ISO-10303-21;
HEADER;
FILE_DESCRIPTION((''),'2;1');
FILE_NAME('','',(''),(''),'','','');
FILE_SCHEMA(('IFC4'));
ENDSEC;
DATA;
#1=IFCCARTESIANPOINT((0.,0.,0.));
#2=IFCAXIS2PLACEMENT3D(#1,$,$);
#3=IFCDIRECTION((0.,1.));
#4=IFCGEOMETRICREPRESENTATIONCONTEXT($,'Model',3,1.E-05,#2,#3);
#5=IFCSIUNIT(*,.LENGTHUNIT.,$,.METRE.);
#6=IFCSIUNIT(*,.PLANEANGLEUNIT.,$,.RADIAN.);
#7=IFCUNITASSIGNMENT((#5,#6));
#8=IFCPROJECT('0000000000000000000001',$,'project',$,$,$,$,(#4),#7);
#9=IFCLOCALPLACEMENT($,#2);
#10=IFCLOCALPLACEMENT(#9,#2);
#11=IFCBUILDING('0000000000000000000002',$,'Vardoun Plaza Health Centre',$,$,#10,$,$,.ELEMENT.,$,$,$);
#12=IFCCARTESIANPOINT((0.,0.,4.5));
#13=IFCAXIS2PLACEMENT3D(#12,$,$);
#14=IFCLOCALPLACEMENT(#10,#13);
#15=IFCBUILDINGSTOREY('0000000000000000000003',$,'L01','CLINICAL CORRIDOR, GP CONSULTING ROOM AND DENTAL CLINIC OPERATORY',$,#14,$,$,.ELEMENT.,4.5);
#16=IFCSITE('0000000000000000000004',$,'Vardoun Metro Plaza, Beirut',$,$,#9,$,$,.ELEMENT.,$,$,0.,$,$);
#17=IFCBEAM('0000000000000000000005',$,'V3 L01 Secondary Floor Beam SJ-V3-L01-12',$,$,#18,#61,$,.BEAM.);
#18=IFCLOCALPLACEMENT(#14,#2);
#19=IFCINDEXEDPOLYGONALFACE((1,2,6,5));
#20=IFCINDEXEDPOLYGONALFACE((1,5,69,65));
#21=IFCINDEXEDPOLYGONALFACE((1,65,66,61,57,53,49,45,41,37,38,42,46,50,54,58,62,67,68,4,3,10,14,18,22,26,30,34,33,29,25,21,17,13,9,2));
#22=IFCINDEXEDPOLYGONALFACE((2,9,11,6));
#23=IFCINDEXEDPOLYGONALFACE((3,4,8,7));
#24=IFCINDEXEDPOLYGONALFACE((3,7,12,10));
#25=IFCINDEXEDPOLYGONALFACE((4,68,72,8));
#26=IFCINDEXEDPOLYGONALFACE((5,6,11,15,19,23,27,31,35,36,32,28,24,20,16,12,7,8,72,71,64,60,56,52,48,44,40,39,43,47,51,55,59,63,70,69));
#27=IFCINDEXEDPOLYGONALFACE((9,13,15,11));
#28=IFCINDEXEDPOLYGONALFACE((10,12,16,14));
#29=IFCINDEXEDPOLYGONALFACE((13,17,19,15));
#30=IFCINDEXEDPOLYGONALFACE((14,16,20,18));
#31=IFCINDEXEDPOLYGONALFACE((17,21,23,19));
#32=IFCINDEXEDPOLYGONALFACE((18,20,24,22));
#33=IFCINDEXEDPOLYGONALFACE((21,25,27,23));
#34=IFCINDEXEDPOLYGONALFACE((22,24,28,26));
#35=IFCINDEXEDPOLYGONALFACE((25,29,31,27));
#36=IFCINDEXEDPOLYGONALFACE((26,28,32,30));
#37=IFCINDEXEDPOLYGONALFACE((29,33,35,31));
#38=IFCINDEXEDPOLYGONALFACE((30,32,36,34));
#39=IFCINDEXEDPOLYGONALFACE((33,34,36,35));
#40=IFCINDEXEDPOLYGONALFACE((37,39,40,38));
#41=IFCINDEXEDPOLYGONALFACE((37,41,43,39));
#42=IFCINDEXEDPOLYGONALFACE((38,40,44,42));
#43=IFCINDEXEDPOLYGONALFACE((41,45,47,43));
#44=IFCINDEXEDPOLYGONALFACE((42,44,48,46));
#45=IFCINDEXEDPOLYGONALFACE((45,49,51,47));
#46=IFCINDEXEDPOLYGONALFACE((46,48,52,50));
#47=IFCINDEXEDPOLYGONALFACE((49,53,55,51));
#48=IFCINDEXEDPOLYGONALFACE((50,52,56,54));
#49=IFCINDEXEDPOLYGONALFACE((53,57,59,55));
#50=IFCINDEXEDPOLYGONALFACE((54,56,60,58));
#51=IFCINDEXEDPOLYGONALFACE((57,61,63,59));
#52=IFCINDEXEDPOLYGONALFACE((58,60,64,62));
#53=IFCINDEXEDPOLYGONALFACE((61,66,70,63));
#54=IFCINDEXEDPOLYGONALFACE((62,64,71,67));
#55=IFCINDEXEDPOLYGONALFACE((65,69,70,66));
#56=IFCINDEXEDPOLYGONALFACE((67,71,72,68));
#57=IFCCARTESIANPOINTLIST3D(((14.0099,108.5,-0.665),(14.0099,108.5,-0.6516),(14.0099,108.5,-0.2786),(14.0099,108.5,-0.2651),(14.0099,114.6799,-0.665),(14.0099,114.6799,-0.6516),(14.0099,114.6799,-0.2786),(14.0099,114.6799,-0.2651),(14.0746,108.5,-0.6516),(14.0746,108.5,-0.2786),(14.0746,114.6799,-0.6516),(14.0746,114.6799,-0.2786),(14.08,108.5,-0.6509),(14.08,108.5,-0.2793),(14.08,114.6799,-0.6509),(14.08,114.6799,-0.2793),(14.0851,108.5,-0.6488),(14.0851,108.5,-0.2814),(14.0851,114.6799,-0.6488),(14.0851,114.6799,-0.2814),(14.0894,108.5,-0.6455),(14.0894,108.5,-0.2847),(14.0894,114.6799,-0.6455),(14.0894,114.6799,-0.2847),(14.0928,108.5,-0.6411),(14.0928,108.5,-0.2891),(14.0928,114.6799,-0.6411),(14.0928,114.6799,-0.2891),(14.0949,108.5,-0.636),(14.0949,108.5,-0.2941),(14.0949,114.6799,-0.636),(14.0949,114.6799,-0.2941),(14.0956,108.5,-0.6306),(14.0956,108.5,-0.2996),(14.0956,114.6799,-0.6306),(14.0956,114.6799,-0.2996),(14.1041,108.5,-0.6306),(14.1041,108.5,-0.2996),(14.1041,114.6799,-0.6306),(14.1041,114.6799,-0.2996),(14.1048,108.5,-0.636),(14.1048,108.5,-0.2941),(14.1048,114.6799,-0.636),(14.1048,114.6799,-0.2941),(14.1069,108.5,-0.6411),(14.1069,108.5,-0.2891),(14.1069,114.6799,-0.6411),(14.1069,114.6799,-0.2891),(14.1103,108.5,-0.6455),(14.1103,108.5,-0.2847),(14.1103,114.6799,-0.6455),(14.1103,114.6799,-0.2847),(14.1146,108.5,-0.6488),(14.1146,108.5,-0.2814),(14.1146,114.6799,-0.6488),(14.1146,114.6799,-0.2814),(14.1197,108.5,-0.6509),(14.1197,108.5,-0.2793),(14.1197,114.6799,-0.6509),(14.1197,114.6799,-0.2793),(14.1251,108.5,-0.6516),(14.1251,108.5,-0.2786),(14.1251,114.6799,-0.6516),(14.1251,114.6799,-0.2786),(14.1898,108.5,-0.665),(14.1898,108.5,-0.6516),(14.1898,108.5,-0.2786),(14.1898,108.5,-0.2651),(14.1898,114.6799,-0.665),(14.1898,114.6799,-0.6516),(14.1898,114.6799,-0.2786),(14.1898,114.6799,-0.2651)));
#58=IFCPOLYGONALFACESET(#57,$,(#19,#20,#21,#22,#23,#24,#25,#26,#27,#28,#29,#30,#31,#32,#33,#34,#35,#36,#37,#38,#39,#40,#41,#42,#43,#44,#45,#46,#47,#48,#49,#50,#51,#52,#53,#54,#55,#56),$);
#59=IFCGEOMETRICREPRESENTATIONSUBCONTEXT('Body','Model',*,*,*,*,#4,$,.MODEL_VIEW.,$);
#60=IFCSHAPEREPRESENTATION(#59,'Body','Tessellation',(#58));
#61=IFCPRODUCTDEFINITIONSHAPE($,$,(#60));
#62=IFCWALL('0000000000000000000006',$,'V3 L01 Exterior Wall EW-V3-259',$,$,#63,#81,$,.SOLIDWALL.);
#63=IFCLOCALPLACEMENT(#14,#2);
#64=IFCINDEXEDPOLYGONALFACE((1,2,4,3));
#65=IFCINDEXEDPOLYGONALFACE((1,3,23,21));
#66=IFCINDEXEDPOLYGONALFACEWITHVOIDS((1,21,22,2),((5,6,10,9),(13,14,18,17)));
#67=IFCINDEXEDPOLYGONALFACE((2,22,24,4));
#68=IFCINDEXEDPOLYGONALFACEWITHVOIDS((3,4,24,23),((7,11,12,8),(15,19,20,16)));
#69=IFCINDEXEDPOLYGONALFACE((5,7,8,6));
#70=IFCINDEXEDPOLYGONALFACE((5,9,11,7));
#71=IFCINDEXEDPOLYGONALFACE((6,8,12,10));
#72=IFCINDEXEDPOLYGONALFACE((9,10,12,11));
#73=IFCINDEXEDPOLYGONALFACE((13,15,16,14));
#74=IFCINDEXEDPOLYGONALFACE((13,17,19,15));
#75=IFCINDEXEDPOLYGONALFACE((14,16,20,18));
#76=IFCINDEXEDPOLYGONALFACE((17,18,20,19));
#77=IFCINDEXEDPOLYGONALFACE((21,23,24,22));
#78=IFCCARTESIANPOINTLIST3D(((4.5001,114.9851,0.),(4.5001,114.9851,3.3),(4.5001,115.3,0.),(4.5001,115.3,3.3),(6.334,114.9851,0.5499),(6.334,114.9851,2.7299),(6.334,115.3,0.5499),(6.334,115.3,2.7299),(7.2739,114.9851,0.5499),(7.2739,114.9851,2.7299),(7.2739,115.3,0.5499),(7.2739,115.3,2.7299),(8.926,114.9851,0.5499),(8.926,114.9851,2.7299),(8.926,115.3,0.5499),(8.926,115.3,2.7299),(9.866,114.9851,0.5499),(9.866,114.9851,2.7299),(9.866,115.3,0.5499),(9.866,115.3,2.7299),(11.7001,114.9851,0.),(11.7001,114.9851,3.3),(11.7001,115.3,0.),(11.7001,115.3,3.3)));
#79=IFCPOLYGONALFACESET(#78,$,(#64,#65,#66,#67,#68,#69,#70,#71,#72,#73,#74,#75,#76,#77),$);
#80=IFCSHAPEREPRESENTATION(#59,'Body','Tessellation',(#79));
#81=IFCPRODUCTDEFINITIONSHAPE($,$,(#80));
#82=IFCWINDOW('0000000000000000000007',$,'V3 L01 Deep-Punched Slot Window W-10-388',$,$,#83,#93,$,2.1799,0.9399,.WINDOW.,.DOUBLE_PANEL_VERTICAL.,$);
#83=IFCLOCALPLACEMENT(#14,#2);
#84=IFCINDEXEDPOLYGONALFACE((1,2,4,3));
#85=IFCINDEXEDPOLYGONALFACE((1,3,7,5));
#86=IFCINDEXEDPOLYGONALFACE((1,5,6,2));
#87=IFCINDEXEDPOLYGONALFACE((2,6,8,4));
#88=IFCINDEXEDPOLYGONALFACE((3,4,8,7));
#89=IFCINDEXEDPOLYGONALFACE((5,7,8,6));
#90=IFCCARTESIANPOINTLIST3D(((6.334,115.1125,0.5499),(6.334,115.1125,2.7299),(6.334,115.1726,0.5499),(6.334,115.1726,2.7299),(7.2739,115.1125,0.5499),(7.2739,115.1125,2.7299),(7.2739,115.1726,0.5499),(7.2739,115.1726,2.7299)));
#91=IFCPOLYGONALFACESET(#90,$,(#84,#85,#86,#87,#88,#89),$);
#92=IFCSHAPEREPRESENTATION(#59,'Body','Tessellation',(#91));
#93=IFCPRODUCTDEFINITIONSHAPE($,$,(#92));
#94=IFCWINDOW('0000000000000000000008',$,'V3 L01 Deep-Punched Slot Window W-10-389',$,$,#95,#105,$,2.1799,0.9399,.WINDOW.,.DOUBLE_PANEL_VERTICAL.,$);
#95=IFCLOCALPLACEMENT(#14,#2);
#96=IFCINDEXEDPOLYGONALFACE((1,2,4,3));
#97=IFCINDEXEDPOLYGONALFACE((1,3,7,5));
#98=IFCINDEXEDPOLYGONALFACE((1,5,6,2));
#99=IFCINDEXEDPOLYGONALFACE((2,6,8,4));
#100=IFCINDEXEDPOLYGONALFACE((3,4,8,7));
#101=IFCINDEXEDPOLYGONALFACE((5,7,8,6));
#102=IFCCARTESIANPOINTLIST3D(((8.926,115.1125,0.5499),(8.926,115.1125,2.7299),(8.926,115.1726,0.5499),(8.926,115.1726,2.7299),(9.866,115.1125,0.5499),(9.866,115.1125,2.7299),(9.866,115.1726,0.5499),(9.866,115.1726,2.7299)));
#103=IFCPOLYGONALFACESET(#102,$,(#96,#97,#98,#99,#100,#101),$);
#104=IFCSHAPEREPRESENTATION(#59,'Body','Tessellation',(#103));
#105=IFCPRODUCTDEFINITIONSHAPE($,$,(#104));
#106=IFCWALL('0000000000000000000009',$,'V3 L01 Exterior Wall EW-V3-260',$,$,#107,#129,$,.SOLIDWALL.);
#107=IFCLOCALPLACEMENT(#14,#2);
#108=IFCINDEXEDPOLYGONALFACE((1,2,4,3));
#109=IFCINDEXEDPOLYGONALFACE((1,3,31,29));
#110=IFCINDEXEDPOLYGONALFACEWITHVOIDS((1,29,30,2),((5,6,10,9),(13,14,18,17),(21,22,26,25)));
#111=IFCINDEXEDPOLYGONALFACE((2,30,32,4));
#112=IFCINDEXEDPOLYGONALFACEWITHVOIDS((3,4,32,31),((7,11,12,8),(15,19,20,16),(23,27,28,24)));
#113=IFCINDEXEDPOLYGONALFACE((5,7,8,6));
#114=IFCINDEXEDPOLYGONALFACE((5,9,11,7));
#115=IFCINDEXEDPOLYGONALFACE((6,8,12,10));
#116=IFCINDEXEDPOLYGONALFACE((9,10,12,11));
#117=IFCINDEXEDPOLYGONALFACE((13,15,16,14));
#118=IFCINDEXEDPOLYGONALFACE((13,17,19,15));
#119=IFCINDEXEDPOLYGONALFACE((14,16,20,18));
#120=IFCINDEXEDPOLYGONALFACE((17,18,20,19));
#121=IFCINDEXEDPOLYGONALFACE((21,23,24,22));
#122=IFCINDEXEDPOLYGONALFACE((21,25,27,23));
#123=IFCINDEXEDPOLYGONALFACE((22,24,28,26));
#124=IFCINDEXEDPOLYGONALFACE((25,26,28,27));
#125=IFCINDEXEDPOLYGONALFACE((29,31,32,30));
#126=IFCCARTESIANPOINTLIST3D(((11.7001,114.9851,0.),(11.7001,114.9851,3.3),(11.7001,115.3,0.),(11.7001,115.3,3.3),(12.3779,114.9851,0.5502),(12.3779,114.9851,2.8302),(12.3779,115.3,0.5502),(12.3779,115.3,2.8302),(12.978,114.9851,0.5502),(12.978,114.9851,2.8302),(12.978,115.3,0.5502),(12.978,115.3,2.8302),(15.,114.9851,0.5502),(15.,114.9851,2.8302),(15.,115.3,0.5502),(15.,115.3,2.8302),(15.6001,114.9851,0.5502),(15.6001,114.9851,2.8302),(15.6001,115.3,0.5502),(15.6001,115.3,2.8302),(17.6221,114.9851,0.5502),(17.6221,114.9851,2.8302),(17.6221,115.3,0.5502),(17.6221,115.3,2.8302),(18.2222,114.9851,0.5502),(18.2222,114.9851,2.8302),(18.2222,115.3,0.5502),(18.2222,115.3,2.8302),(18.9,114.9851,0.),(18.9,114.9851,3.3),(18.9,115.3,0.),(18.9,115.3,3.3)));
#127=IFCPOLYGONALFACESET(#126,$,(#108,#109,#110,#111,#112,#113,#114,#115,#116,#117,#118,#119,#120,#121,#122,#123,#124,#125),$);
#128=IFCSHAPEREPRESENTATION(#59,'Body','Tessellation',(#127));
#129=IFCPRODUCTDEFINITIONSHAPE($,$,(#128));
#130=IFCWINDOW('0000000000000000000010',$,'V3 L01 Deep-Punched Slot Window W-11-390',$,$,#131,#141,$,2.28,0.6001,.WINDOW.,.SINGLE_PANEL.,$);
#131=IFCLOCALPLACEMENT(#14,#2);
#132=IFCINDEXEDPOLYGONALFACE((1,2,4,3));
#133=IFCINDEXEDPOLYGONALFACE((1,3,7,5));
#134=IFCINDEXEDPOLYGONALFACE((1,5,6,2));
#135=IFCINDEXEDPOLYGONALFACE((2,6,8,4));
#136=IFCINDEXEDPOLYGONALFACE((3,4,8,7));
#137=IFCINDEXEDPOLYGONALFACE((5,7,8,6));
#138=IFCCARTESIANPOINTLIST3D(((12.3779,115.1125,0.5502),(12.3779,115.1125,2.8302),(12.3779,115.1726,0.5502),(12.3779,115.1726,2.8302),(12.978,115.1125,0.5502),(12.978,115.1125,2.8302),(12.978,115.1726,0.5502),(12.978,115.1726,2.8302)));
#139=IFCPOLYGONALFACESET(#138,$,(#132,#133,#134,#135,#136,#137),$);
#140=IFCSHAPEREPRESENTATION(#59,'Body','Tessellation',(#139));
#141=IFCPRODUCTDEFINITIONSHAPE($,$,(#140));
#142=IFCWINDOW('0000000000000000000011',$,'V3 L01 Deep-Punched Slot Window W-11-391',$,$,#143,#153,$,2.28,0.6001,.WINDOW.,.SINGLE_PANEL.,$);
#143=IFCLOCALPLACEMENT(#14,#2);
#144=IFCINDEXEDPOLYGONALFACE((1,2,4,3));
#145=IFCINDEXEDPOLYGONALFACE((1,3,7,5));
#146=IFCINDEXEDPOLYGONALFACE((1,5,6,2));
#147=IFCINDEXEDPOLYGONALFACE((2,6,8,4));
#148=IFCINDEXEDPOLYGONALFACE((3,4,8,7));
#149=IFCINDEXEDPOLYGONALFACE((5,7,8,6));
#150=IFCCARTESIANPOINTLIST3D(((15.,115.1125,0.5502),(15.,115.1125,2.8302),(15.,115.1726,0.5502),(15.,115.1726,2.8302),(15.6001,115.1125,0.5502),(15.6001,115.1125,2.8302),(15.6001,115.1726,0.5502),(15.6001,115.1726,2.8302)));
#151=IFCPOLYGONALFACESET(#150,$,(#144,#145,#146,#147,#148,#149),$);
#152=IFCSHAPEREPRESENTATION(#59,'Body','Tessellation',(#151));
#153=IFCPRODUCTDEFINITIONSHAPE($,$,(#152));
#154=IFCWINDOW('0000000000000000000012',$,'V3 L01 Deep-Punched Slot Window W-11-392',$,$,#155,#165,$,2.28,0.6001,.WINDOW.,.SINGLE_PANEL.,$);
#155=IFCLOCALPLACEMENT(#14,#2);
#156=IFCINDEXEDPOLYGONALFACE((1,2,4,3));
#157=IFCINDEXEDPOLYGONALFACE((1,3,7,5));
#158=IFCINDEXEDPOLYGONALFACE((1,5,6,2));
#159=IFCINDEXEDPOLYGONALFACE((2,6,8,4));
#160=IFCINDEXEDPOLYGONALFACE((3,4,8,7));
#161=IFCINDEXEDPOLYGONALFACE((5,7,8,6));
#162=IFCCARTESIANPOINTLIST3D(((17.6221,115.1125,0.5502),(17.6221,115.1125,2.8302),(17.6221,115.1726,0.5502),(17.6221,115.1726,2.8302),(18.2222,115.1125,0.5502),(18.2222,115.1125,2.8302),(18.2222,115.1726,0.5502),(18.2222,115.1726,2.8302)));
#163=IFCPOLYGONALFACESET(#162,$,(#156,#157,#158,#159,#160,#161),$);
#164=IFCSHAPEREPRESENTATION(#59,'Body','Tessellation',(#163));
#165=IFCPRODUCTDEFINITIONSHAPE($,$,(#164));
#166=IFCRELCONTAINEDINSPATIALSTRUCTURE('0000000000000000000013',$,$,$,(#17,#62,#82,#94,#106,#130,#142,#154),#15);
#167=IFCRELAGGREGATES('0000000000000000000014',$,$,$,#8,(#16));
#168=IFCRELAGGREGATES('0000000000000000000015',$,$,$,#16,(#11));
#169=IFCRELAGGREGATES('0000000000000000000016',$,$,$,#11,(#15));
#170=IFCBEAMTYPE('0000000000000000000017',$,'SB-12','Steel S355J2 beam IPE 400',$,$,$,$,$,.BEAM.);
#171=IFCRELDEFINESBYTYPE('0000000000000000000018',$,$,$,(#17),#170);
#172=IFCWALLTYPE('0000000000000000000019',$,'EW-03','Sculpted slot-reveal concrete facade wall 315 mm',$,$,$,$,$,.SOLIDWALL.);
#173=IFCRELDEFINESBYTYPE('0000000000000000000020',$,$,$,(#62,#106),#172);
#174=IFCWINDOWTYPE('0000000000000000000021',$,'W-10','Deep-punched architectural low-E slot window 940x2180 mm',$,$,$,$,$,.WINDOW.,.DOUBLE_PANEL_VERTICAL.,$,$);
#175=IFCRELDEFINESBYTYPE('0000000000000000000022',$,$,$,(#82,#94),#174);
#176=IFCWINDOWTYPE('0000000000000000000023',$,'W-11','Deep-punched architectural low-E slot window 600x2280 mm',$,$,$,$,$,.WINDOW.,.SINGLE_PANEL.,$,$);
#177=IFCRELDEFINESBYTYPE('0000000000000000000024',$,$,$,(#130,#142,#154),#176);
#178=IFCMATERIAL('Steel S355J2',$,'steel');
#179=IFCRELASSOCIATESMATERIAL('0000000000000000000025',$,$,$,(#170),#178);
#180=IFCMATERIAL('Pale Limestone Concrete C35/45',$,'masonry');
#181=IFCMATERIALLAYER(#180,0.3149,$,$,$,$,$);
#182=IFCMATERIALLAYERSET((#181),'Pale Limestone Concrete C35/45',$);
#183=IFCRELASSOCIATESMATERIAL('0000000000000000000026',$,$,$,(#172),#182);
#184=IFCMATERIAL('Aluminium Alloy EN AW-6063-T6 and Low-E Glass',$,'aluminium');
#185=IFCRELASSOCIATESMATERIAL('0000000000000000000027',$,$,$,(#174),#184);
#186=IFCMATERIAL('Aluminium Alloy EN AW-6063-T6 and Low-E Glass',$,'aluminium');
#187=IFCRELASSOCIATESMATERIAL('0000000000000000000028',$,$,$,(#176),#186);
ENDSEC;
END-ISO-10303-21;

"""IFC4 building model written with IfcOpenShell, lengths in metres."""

from ifc_helpers import new_model, si_unit, direction, frame, frame_2d, origin, origin_2d, place, context, subcontext, project, spatial, rectangle, i_section, extrude, material, layer, layer_set, material_profile, profile_set, type_object, element, fill, save


model = new_model("IFC4")

# Units and contexts
model_context = context("Model", 3, precision=1e-05, world=origin(), true_north=direction((0.0, 1.0)))
body_context = subcontext(model_context, "Body", "Model", "MODEL_VIEW")
ifc_project = project(units=[si_unit("LENGTHUNIT", "METRE"), si_unit("PLANEANGLEUNIT", "RADIAN")], contexts=[model_context])

# Site, building, storey
site_placement = place(None, origin())
site = spatial("IfcSite", under=ifc_project, at=site_placement, Name="Vardoun Metro Plaza, Beirut", CompositionType="ELEMENT", RefElevation=0.0)
building_placement = place(site_placement, origin())
building = spatial("IfcBuilding", under=site, at=building_placement, Name="Vardoun Plaza Health Centre", CompositionType="ELEMENT")
storey_placement = place(building_placement, frame((0.0, 0.0, 4.5)))
storey = spatial("IfcBuildingStorey", under=building, at=storey_placement, Name="L01", Description="CLINICAL CORRIDOR, GP CONSULTING ROOM AND DENTAL CLINIC OPERATORY", CompositionType="ELEMENT", Elevation=4.5)

# Beam
ifc_material_1 = material(Name="Steel S355J2", Category="steel")
ifc_material_profile_1 = material_profile(ifc_material_1, i_section(OverallWidth=0.1799, OverallDepth=0.3999, WebThickness=0.0085, FlangeThickness=0.0134, FilletRadius=0.021, at=origin_2d()), Name="IPE 400")
ifc_profile_set_1 = profile_set([ifc_material_profile_1], Name="Steel S355J2")
beam_type_1 = type_object("IfcBeamType", Name="SB-12", Description="Steel S355J2 beam IPE 400", PredefinedType="BEAM", material=ifc_profile_set_1)
beam_1_placement = place(storey_placement, frame((14.0999, 108.5, -0.4651), z_axis=(0.0, 1.0, 0.0), x_axis=(-1.0, 0.0, 0.0)))
element("IfcBeam", 1, at=beam_1_placement, inside=storey, type_object=beam_type_1, Name="V3 L01 Secondary Floor Beam SJ-V3-L01-12", PredefinedType="BEAM", context=body_context, shape_type="SweptSolid", body=[
    extrude(i_section(OverallWidth=0.1799, OverallDepth=0.3999, WebThickness=0.0085, FlangeThickness=0.0134, FilletRadius=0.021, at=origin_2d()), origin(), (0.0, 0.0, 1.0), 6.1799),
])

# Walls, openings, windows
ifc_material_2 = material(Name="Pale Limestone Concrete C35/45", Category="masonry")
ifc_layer_1 = layer(ifc_material_2, 0.3149)
ifc_layer_set_1 = layer_set([ifc_layer_1], Name="Pale Limestone Concrete C35/45")
wall_type_1 = type_object("IfcWallType", Name="EW-03", Description="Sculpted slot-reveal concrete facade wall 315 mm", PredefinedType="SOLIDWALL", material=ifc_layer_set_1)
wall_1_placement = place(storey_placement, frame((4.5, 115.1426, 0.0), z_axis=(0.0, 0.0, 1.0), x_axis=(1.0, 0.0, 0.0)))
wall_1 = element("IfcWall", 2, at=wall_1_placement, inside=storey, type_object=wall_type_1, Name="V3 L01 Exterior Wall EW-V3-259", PredefinedType="SOLIDWALL", context=body_context, shape_type="SweptSolid", body=[
    extrude(rectangle(XDim=7.2, YDim=0.3149, at=frame_2d((3.6001, 0.0))), origin(), (0.0, 0.0, 1.0), 3.3),
])
opening_1_placement = place(wall_1_placement, frame((1.834, 0.0, 0.55)))
opening_1 = element("IfcOpeningElement", 3, at=opening_1_placement, cuts=wall_1, PredefinedType="OPENING", context=body_context, shape_type="SweptSolid", body=[
    extrude(rectangle(XDim=0.9399, YDim=2.1799, at=frame_2d((0.47, 1.0898))), frame((0.0, 0.1575, 0.0), z_axis=(0.0, -1.0, 0.0), x_axis=(1.0, 0.0, 0.0)), (0.0, 0.0, 1.0), 0.3149),
])
opening_2_placement = place(wall_1_placement, frame((4.426, 0.0, 0.55)))
opening_2 = element("IfcOpeningElement", 4, at=opening_2_placement, cuts=wall_1, PredefinedType="OPENING", context=body_context, shape_type="SweptSolid", body=[
    extrude(rectangle(XDim=0.9399, YDim=2.1799, at=frame_2d((0.47, 1.0898))), frame((0.0, 0.1575, 0.0), z_axis=(0.0, -1.0, 0.0), x_axis=(1.0, 0.0, 0.0)), (0.0, 0.0, 1.0), 0.3149),
])
ifc_material_3 = material(Name="Aluminium Alloy EN AW-6063-T6 and Low-E Glass", Category="aluminium")
window_type_1 = type_object("IfcWindowType", Name="W-10", Description="Deep-punched architectural low-E slot window 940x2180 mm", PartitioningType="DOUBLE_PANEL_VERTICAL", PredefinedType="WINDOW", material=ifc_material_3)
window_1_placement = place(opening_1_placement, origin())
window_1 = element("IfcWindow", 5, at=window_1_placement, inside=storey, type_object=window_type_1, Name="V3 L01 Deep-Punched Slot Window W-10-388", OverallHeight=2.1799, OverallWidth=0.9399, PartitioningType="DOUBLE_PANEL_VERTICAL", PredefinedType="WINDOW", context=body_context, shape_type="SweptSolid", body=[
    extrude(rectangle(XDim=0.9399, YDim=2.1799, at=frame_2d((0.47, 1.0898))), frame((0.0, 0.03, 0.0), z_axis=(0.0, -1.0, 0.0), x_axis=(1.0, 0.0, 0.0)), (0.0, 0.0, 1.0), 0.0601),
])
fill(opening_1, window_1)
window_2_placement = place(opening_2_placement, origin())
window_2 = element("IfcWindow", 6, at=window_2_placement, inside=storey, type_object=window_type_1, Name="V3 L01 Deep-Punched Slot Window W-10-389", OverallHeight=2.1799, OverallWidth=0.9399, PartitioningType="DOUBLE_PANEL_VERTICAL", PredefinedType="WINDOW", context=body_context, shape_type="SweptSolid", body=[
    extrude(rectangle(XDim=0.9399, YDim=2.1799, at=frame_2d((0.47, 1.0898))), frame((0.0, 0.03, 0.0), z_axis=(0.0, -1.0, 0.0), x_axis=(1.0, 0.0, 0.0)), (0.0, 0.0, 1.0), 0.0601),
])
fill(opening_2, window_2)
wall_2_placement = place(storey_placement, frame((11.7, 115.1426, 0.0), z_axis=(0.0, 0.0, 1.0), x_axis=(1.0, 0.0, 0.0)))
wall_2 = element("IfcWall", 7, at=wall_2_placement, inside=storey, type_object=wall_type_1, Name="V3 L01 Exterior Wall EW-V3-260", PredefinedType="SOLIDWALL", context=body_context, shape_type="SweptSolid", body=[
    extrude(rectangle(XDim=7.2, YDim=0.3149, at=frame_2d((3.6001, 0.0))), origin(), (0.0, 0.0, 1.0), 3.3),
])
opening_3_placement = place(wall_2_placement, frame((0.678, 0.0, 0.55)))
opening_3 = element("IfcOpeningElement", 8, at=opening_3_placement, cuts=wall_2, PredefinedType="OPENING", context=body_context, shape_type="SweptSolid", body=[
    extrude(rectangle(XDim=0.6001, YDim=2.28, at=frame_2d((0.3, 1.1401))), frame((0.0, 0.1575, 0.0), z_axis=(0.0, -1.0, 0.0), x_axis=(1.0, 0.0, 0.0)), (0.0, 0.0, 1.0), 0.3149),
])
opening_4_placement = place(wall_2_placement, frame((3.3, 0.0, 0.55)))
opening_4 = element("IfcOpeningElement", 9, at=opening_4_placement, cuts=wall_2, PredefinedType="OPENING", context=body_context, shape_type="SweptSolid", body=[
    extrude(rectangle(XDim=0.6001, YDim=2.28, at=frame_2d((0.3, 1.1401))), frame((0.0, 0.1575, 0.0), z_axis=(0.0, -1.0, 0.0), x_axis=(1.0, 0.0, 0.0)), (0.0, 0.0, 1.0), 0.3149),
])
opening_5_placement = place(wall_2_placement, frame((5.9221, 0.0, 0.55)))
opening_5 = element("IfcOpeningElement", 10, at=opening_5_placement, cuts=wall_2, PredefinedType="OPENING", context=body_context, shape_type="SweptSolid", body=[
    extrude(rectangle(XDim=0.6001, YDim=2.28, at=frame_2d((0.3, 1.1401))), frame((0.0, 0.1575, 0.0), z_axis=(0.0, -1.0, 0.0), x_axis=(1.0, 0.0, 0.0)), (0.0, 0.0, 1.0), 0.3149),
])
ifc_material_4 = material(Name="Aluminium Alloy EN AW-6063-T6 and Low-E Glass", Category="aluminium")
window_type_2 = type_object("IfcWindowType", Name="W-11", Description="Deep-punched architectural low-E slot window 600x2280 mm", PartitioningType="SINGLE_PANEL", PredefinedType="WINDOW", material=ifc_material_4)
window_3_placement = place(opening_3_placement, origin())
window_3 = element("IfcWindow", 11, at=window_3_placement, inside=storey, type_object=window_type_2, Name="V3 L01 Deep-Punched Slot Window W-11-390", OverallHeight=2.28, OverallWidth=0.6001, PartitioningType="SINGLE_PANEL", PredefinedType="WINDOW", context=body_context, shape_type="SweptSolid", body=[
    extrude(rectangle(XDim=0.6001, YDim=2.28, at=frame_2d((0.3, 1.1401))), frame((0.0, 0.03, 0.0), z_axis=(0.0, -1.0, 0.0), x_axis=(1.0, 0.0, 0.0)), (0.0, 0.0, 1.0), 0.0601),
])
fill(opening_3, window_3)
window_4_placement = place(opening_4_placement, origin())
window_4 = element("IfcWindow", 12, at=window_4_placement, inside=storey, type_object=window_type_2, Name="V3 L01 Deep-Punched Slot Window W-11-391", OverallHeight=2.28, OverallWidth=0.6001, PartitioningType="SINGLE_PANEL", PredefinedType="WINDOW", context=body_context, shape_type="SweptSolid", body=[
    extrude(rectangle(XDim=0.6001, YDim=2.28, at=frame_2d((0.3, 1.1401))), frame((0.0, 0.03, 0.0), z_axis=(0.0, -1.0, 0.0), x_axis=(1.0, 0.0, 0.0)), (0.0, 0.0, 1.0), 0.0601),
])
fill(opening_4, window_4)
window_5_placement = place(opening_5_placement, origin())
window_5 = element("IfcWindow", 13, at=window_5_placement, inside=storey, type_object=window_type_2, Name="V3 L01 Deep-Punched Slot Window W-11-392", OverallHeight=2.28, OverallWidth=0.6001, PartitioningType="SINGLE_PANEL", PredefinedType="WINDOW", context=body_context, shape_type="SweptSolid", body=[
    extrude(rectangle(XDim=0.6001, YDim=2.28, at=frame_2d((0.3, 1.1401))), frame((0.0, 0.03, 0.0), z_axis=(0.0, -1.0, 0.0), x_axis=(1.0, 0.0, 0.0)), (0.0, 0.0, 1.0), 0.0601),
])
fill(opening_5, window_5)

save(model, "model.ifc")
